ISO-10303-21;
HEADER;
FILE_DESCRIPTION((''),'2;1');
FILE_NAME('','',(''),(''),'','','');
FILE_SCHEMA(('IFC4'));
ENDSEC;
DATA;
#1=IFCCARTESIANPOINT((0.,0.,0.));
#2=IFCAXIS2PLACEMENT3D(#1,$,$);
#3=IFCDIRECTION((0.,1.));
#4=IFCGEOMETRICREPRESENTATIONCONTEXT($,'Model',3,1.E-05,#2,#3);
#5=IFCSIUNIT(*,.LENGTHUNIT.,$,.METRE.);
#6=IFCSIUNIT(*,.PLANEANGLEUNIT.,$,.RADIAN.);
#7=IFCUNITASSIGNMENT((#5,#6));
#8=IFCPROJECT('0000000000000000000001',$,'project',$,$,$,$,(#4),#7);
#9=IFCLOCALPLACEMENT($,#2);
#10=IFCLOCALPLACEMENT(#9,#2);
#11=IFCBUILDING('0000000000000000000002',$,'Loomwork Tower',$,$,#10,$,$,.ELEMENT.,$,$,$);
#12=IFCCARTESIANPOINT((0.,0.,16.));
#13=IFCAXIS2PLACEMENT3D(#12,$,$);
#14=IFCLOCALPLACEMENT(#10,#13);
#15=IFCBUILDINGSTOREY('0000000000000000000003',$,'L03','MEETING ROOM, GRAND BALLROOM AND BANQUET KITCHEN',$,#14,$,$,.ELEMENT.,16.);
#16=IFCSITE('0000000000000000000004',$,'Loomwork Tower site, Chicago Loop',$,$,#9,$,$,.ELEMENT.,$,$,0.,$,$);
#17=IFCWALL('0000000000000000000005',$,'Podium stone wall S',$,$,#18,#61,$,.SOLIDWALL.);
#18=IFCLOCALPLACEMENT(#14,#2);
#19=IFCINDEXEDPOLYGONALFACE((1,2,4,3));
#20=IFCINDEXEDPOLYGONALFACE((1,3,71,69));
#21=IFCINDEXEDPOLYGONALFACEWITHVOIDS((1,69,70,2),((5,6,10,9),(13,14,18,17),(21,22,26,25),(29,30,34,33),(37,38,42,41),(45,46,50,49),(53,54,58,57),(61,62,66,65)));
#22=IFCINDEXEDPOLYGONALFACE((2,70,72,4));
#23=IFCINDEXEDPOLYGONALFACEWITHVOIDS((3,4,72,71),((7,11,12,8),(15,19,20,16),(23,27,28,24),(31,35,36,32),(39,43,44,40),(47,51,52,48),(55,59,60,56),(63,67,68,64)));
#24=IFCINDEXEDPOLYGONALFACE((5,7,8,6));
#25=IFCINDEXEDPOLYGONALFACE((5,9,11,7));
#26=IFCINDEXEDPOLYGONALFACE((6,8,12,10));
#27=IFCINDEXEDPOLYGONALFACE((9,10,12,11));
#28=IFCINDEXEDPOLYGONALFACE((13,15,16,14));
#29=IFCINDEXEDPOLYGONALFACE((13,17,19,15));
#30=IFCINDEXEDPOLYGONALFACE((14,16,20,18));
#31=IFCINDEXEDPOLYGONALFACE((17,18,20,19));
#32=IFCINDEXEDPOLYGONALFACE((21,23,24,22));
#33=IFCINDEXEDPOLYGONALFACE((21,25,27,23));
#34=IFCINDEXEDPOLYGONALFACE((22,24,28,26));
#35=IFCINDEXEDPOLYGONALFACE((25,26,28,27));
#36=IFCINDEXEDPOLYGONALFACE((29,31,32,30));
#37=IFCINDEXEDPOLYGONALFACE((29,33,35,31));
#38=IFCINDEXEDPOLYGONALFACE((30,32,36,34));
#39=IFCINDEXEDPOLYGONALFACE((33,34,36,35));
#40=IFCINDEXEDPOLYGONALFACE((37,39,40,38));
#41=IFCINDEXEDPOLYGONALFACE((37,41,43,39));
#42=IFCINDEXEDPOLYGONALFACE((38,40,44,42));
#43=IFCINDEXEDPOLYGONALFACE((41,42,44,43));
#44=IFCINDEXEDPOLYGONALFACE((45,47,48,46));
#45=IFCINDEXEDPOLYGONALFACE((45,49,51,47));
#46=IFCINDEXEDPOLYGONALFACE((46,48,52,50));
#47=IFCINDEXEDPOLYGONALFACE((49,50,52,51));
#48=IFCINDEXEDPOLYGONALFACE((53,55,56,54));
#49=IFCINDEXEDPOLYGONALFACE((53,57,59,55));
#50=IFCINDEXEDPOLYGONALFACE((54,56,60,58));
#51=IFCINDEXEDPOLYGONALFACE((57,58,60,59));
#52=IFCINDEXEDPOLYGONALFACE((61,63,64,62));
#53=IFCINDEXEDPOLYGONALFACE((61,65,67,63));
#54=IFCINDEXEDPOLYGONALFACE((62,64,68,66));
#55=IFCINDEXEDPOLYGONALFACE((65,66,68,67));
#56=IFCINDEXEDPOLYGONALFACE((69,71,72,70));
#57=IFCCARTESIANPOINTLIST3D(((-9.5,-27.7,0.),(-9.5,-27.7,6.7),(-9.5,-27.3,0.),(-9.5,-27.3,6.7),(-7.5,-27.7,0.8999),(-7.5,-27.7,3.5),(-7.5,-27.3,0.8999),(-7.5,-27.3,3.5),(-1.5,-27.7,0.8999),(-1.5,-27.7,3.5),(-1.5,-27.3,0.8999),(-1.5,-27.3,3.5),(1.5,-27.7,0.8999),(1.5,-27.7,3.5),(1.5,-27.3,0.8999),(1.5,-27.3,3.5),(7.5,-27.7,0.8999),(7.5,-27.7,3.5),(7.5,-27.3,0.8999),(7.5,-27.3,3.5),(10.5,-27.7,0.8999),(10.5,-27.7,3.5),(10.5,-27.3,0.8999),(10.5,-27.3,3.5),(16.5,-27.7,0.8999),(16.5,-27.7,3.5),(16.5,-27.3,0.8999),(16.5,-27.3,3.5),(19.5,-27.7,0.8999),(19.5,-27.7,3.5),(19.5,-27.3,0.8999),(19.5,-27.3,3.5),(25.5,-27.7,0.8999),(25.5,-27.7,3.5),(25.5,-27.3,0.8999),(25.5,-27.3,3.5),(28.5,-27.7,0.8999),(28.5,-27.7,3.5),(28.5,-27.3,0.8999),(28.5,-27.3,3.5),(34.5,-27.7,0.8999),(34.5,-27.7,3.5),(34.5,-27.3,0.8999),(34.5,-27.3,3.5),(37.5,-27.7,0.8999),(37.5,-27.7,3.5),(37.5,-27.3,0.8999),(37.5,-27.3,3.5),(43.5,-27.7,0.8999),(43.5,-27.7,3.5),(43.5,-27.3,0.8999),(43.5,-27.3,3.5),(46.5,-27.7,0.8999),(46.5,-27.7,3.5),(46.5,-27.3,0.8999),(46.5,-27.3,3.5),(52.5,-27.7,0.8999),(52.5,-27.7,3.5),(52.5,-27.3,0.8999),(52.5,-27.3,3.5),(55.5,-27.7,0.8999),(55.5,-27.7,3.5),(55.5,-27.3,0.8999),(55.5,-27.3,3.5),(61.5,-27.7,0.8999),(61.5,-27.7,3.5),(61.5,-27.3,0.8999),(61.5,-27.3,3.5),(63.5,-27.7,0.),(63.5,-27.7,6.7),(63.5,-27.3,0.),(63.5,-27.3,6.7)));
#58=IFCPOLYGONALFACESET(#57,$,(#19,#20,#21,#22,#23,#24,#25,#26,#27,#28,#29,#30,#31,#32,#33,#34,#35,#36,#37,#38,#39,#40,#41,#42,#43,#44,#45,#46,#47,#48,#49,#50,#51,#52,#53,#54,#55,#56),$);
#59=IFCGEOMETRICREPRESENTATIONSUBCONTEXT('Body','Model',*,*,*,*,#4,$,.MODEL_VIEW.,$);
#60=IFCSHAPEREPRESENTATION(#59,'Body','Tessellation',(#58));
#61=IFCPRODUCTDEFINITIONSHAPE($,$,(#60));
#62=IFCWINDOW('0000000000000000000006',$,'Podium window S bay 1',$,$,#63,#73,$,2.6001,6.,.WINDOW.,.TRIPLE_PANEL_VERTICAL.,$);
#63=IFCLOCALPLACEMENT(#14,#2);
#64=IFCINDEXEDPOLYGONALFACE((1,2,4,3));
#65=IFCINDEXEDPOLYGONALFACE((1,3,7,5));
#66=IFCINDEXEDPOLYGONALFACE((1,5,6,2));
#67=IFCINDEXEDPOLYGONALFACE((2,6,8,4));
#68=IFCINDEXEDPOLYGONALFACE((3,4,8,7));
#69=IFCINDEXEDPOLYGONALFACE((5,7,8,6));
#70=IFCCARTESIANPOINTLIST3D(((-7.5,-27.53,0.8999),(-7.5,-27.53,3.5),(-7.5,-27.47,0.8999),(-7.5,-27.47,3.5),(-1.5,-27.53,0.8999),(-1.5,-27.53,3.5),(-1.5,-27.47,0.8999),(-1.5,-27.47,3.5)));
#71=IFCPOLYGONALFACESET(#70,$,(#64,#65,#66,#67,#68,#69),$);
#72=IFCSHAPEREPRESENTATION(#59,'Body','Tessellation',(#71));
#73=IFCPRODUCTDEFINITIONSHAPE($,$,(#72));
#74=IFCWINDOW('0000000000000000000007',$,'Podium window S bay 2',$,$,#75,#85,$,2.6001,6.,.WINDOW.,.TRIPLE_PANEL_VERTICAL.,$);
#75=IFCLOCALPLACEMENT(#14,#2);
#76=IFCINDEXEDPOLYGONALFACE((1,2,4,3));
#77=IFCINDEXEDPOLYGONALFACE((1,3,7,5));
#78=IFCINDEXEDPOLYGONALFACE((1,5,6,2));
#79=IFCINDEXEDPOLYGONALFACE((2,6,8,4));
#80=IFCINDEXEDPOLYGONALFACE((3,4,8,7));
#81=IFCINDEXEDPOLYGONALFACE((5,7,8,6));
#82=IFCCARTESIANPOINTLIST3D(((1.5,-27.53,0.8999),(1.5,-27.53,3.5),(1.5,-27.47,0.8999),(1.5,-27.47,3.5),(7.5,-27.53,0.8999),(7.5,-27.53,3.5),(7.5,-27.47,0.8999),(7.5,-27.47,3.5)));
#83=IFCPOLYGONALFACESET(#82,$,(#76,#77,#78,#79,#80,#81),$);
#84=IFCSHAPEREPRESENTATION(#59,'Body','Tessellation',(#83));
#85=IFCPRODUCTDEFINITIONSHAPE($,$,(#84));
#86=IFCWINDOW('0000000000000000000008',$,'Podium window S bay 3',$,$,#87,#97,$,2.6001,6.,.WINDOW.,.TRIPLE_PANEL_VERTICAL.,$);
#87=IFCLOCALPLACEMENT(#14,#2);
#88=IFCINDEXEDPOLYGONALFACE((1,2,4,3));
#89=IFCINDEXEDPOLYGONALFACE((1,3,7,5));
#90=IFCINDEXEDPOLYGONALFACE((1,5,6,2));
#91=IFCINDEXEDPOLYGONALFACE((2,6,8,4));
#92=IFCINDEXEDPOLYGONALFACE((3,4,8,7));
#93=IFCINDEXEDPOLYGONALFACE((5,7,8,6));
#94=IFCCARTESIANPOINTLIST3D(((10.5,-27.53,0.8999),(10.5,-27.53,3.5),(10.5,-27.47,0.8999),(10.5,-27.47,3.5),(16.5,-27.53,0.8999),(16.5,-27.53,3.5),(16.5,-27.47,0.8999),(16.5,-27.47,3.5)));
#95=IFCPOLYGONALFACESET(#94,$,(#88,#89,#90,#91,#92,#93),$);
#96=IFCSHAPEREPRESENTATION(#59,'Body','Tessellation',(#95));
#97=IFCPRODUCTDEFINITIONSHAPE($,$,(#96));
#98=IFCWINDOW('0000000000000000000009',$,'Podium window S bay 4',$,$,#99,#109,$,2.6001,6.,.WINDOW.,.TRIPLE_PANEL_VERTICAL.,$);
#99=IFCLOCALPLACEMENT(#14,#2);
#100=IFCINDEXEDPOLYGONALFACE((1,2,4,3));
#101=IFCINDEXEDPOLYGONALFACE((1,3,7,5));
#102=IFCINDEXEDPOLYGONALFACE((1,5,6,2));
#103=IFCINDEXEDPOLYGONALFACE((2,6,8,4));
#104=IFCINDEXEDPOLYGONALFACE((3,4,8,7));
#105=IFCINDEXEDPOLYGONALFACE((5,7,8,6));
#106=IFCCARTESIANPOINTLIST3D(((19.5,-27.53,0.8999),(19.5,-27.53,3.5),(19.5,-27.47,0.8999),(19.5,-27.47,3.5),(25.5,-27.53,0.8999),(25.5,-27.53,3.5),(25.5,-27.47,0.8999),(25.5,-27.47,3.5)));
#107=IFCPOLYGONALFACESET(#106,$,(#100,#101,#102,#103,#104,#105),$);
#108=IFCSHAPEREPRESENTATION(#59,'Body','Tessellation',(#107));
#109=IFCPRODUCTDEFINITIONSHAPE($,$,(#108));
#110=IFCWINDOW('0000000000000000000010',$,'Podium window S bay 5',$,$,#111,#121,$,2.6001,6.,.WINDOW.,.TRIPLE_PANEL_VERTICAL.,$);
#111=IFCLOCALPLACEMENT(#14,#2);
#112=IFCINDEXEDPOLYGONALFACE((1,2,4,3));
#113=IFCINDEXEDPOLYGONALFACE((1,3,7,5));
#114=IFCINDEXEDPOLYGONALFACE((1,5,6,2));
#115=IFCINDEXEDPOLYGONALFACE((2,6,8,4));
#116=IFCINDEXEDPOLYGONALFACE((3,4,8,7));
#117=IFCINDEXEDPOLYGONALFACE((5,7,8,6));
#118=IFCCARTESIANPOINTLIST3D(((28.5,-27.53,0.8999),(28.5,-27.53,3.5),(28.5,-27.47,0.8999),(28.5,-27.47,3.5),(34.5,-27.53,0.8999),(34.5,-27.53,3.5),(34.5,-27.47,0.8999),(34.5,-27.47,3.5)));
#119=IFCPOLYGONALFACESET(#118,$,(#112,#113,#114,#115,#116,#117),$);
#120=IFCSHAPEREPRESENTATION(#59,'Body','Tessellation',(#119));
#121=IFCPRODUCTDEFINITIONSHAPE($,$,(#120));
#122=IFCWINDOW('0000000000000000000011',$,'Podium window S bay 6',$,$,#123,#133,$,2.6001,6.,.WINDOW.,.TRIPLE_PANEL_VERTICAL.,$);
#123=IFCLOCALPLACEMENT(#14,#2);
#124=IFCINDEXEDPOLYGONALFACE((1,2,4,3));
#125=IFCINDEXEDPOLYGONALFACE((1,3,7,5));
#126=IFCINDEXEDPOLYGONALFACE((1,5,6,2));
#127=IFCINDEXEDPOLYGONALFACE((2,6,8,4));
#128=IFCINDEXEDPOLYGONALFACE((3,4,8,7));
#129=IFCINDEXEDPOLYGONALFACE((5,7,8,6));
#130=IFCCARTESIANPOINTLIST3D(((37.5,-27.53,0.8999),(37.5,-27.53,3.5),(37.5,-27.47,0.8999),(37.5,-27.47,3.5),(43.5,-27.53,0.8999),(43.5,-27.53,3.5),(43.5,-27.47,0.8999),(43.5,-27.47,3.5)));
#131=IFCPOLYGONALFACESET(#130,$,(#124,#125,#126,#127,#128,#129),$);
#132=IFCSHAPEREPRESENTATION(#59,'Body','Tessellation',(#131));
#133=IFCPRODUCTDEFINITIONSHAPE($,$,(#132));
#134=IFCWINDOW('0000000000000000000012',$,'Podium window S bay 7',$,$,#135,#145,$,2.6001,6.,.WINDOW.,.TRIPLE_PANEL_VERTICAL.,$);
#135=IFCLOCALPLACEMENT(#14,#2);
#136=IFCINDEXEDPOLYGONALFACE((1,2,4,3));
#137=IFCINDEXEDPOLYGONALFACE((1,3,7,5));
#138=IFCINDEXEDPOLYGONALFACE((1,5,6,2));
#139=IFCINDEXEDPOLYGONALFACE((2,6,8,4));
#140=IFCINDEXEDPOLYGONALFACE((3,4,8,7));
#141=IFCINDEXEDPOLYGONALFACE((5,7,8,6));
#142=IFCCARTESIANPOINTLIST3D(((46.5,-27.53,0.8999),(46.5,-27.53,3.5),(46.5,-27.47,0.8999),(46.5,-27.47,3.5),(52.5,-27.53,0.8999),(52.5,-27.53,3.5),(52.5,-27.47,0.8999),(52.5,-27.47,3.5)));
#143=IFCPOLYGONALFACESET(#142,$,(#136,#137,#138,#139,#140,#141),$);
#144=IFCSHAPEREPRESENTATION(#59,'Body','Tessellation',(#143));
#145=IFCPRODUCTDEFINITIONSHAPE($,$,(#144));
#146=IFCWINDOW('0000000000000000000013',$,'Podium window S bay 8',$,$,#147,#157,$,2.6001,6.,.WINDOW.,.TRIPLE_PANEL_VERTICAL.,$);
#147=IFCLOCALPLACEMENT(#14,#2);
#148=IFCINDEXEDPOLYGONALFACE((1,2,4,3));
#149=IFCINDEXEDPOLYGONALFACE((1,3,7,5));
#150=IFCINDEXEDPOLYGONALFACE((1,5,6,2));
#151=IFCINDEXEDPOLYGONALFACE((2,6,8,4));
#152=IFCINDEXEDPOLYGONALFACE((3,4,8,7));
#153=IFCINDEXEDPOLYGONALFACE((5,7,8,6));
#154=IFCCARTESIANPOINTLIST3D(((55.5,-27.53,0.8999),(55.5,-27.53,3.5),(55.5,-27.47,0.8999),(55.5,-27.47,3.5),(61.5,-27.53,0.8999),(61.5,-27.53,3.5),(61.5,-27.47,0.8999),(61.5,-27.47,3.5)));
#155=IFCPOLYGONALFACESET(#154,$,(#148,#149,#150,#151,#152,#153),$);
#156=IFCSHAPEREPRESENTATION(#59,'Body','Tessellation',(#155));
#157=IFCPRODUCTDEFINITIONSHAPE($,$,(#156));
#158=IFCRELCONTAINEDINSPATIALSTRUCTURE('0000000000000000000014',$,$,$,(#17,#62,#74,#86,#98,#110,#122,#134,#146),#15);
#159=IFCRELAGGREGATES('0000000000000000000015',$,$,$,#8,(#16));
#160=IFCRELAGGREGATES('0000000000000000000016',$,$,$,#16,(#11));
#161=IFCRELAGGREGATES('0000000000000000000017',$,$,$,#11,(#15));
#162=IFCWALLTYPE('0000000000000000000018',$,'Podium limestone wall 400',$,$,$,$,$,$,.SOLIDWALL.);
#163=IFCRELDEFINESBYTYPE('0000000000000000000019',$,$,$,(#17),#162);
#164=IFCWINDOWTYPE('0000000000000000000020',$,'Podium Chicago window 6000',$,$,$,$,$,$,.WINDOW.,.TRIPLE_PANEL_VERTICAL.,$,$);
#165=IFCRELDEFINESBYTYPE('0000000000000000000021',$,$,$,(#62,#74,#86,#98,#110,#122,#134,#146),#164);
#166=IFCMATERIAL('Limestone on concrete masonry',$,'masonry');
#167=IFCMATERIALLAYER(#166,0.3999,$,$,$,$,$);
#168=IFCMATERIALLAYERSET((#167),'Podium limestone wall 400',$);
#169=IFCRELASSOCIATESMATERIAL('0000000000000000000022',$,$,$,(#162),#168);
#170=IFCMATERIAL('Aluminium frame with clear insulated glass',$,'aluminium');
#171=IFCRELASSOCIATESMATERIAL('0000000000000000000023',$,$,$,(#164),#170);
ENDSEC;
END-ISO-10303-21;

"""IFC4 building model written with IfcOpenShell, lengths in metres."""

from ifc_helpers import new_model, si_unit, direction, frame, frame_2d, origin, place, context, subcontext, project, spatial, rectangle, extrude, material, layer, layer_set, type_object, element, fill, save


model = new_model("IFC4")

# Units and contexts
model_context = context("Model", 3, precision=1e-05, world=origin(), true_north=direction((0.0, 1.0)))
body_context = subcontext(model_context, "Body", "Model", "MODEL_VIEW")
ifc_project = project(units=[si_unit("LENGTHUNIT", "METRE"), si_unit("PLANEANGLEUNIT", "RADIAN")], contexts=[model_context])

# Site, building, storey
site_placement = place(None, origin())
site = spatial("IfcSite", under=ifc_project, at=site_placement, Name="Loomwork Tower site, Chicago Loop", CompositionType="ELEMENT", RefElevation=0.0)
building_placement = place(site_placement, origin())
building = spatial("IfcBuilding", under=site, at=building_placement, Name="Loomwork Tower", CompositionType="ELEMENT")
storey_placement = place(building_placement, frame((0.0, 0.0, 16.0)))
storey = spatial("IfcBuildingStorey", under=building, at=storey_placement, Name="L03", Description="MEETING ROOM, GRAND BALLROOM AND BANQUET KITCHEN", CompositionType="ELEMENT", Elevation=16.0)

# Wall, openings, windows
ifc_material_1 = material(Name="Limestone on concrete masonry", Category="masonry")
ifc_layer_1 = layer(ifc_material_1, 0.3999)
ifc_layer_set_1 = layer_set([ifc_layer_1], Name="Podium limestone wall 400")
wall_type_1 = type_object("IfcWallType", Name="Podium limestone wall 400", PredefinedType="SOLIDWALL", material=ifc_layer_set_1)
wall_1_placement = place(storey_placement, frame((-9.5, -27.5, 0.0), z_axis=(0.0, 0.0, 1.0), x_axis=(1.0, 0.0, 0.0)))
wall_1 = element("IfcWall", 1, at=wall_1_placement, inside=storey, type_object=wall_type_1, Name="Podium stone wall S", PredefinedType="SOLIDWALL", context=body_context, shape_type="SweptSolid", body=[
    extrude(rectangle(XDim=73.0, YDim=0.3999, at=frame_2d((36.5, 0.0))), origin(), (0.0, 0.0, 1.0), 6.7),
])
opening_1_placement = place(wall_1_placement, frame((2.0, 0.0, 0.8999)))
opening_1 = element("IfcOpeningElement", 2, at=opening_1_placement, cuts=wall_1, PredefinedType="OPENING", context=body_context, shape_type="SweptSolid", body=[
    extrude(rectangle(XDim=6.0, YDim=2.6001, at=frame_2d((3.0, 1.3))), frame((0.0, 0.21, 0.0), z_axis=(0.0, -1.0, 0.0), x_axis=(1.0, 0.0, 0.0)), (0.0, 0.0, 1.0), 0.4199),
])
opening_2_placement = place(wall_1_placement, frame((11.0, 0.0, 0.8999)))
opening_2 = element("IfcOpeningElement", 3, at=opening_2_placement, cuts=wall_1, PredefinedType="OPENING", context=body_context, shape_type="SweptSolid", body=[
    extrude(rectangle(XDim=6.0, YDim=2.6001, at=frame_2d((3.0, 1.3))), frame((0.0, 0.21, 0.0), z_axis=(0.0, -1.0, 0.0), x_axis=(1.0, 0.0, 0.0)), (0.0, 0.0, 1.0), 0.4199),
])
opening_3_placement = place(wall_1_placement, frame((20.0, 0.0, 0.8999)))
opening_3 = element("IfcOpeningElement", 4, at=opening_3_placement, cuts=wall_1, PredefinedType="OPENING", context=body_context, shape_type="SweptSolid", body=[
    extrude(rectangle(XDim=6.0, YDim=2.6001, at=frame_2d((3.0, 1.3))), frame((0.0, 0.21, 0.0), z_axis=(0.0, -1.0, 0.0), x_axis=(1.0, 0.0, 0.0)), (0.0, 0.0, 1.0), 0.4199),
])
opening_4_placement = place(wall_1_placement, frame((29.0, 0.0, 0.8999)))
opening_4 = element("IfcOpeningElement", 5, at=opening_4_placement, cuts=wall_1, PredefinedType="OPENING", context=body_context, shape_type="SweptSolid", body=[
    extrude(rectangle(XDim=6.0, YDim=2.6001, at=frame_2d((3.0, 1.3))), frame((0.0, 0.21, 0.0), z_axis=(0.0, -1.0, 0.0), x_axis=(1.0, 0.0, 0.0)), (0.0, 0.0, 1.0), 0.4199),
])
opening_5_placement = place(wall_1_placement, frame((38.0, 0.0, 0.8999)))
opening_5 = element("IfcOpeningElement", 6, at=opening_5_placement, cuts=wall_1, PredefinedType="OPENING", context=body_context, shape_type="SweptSolid", body=[
    extrude(rectangle(XDim=6.0, YDim=2.6001, at=frame_2d((3.0, 1.3))), frame((0.0, 0.21, 0.0), z_axis=(0.0, -1.0, 0.0), x_axis=(1.0, 0.0, 0.0)), (0.0, 0.0, 1.0), 0.4199),
])
opening_6_placement = place(wall_1_placement, frame((47.0, 0.0, 0.8999)))
opening_6 = element("IfcOpeningElement", 7, at=opening_6_placement, cuts=wall_1, PredefinedType="OPENING", context=body_context, shape_type="SweptSolid", body=[
    extrude(rectangle(XDim=6.0, YDim=2.6001, at=frame_2d((3.0, 1.3))), frame((0.0, 0.21, 0.0), z_axis=(0.0, -1.0, 0.0), x_axis=(1.0, 0.0, 0.0)), (0.0, 0.0, 1.0), 0.4199),
])
opening_7_placement = place(wall_1_placement, frame((56.0, 0.0, 0.8999)))
opening_7 = element("IfcOpeningElement", 8, at=opening_7_placement, cuts=wall_1, PredefinedType="OPENING", context=body_context, shape_type="SweptSolid", body=[
    extrude(rectangle(XDim=6.0, YDim=2.6001, at=frame_2d((3.0, 1.3))), frame((0.0, 0.21, 0.0), z_axis=(0.0, -1.0, 0.0), x_axis=(1.0, 0.0, 0.0)), (0.0, 0.0, 1.0), 0.4199),
])
opening_8_placement = place(wall_1_placement, frame((65.0, 0.0, 0.8999)))
opening_8 = element("IfcOpeningElement", 9, at=opening_8_placement, cuts=wall_1, PredefinedType="OPENING", context=body_context, shape_type="SweptSolid", body=[
    extrude(rectangle(XDim=6.0, YDim=2.6001, at=frame_2d((3.0, 1.3))), frame((0.0, 0.21, 0.0), z_axis=(0.0, -1.0, 0.0), x_axis=(1.0, 0.0, 0.0)), (0.0, 0.0, 1.0), 0.4199),
])
ifc_material_2 = material(Name="Aluminium frame with clear insulated glass", Category="aluminium")
window_type = type_object("IfcWindowType", Name="Podium Chicago window 6000", PartitioningType="TRIPLE_PANEL_VERTICAL", PredefinedType="WINDOW", material=ifc_material_2)
window_1_placement = place(opening_1_placement, origin())
window_1 = element("IfcWindow", 10, at=window_1_placement, inside=storey, type_object=window_type, Name="Podium window S bay 1", OverallHeight=2.6001, OverallWidth=6.0, PartitioningType="TRIPLE_PANEL_VERTICAL", PredefinedType="WINDOW", context=body_context, shape_type="SweptSolid", body=[
    extrude(rectangle(XDim=6.0, YDim=2.6001, at=frame_2d((3.0, 1.3))), frame((0.0, 0.03, 0.0), z_axis=(0.0, -1.0, 0.0), x_axis=(1.0, 0.0, 0.0)), (0.0, 0.0, 1.0), 0.0601),
])
fill(opening_1, window_1)
window_2_placement = place(opening_2_placement, origin())
window_2 = element("IfcWindow", 11, at=window_2_placement, inside=storey, type_object=window_type, Name="Podium window S bay 2", OverallHeight=2.6001, OverallWidth=6.0, PartitioningType="TRIPLE_PANEL_VERTICAL", PredefinedType="WINDOW", context=body_context, shape_type="SweptSolid", body=[
    extrude(rectangle(XDim=6.0, YDim=2.6001, at=frame_2d((3.0, 1.3))), frame((0.0, 0.03, 0.0), z_axis=(0.0, -1.0, 0.0), x_axis=(1.0, 0.0, 0.0)), (0.0, 0.0, 1.0), 0.0601),
])
fill(opening_2, window_2)
window_3_placement = place(opening_3_placement, origin())
window_3 = element("IfcWindow", 12, at=window_3_placement, inside=storey, type_object=window_type, Name="Podium window S bay 3", OverallHeight=2.6001, OverallWidth=6.0, PartitioningType="TRIPLE_PANEL_VERTICAL", PredefinedType="WINDOW", context=body_context, shape_type="SweptSolid", body=[
    extrude(rectangle(XDim=6.0, YDim=2.6001, at=frame_2d((3.0, 1.3))), frame((0.0, 0.03, 0.0), z_axis=(0.0, -1.0, 0.0), x_axis=(1.0, 0.0, 0.0)), (0.0, 0.0, 1.0), 0.0601),
])
fill(opening_3, window_3)
window_4_placement = place(opening_4_placement, origin())
window_4 = element("IfcWindow", 13, at=window_4_placement, inside=storey, type_object=window_type, Name="Podium window S bay 4", OverallHeight=2.6001, OverallWidth=6.0, PartitioningType="TRIPLE_PANEL_VERTICAL", PredefinedType="WINDOW", context=body_context, shape_type="SweptSolid", body=[
    extrude(rectangle(XDim=6.0, YDim=2.6001, at=frame_2d((3.0, 1.3))), frame((0.0, 0.03, 0.0), z_axis=(0.0, -1.0, 0.0), x_axis=(1.0, 0.0, 0.0)), (0.0, 0.0, 1.0), 0.0601),
])
fill(opening_4, window_4)
window_5_placement = place(opening_5_placement, origin())
window_5 = element("IfcWindow", 14, at=window_5_placement, inside=storey, type_object=window_type, Name="Podium window S bay 5", OverallHeight=2.6001, OverallWidth=6.0, PartitioningType="TRIPLE_PANEL_VERTICAL", PredefinedType="WINDOW", context=body_context, shape_type="SweptSolid", body=[
    extrude(rectangle(XDim=6.0, YDim=2.6001, at=frame_2d((3.0, 1.3))), frame((0.0, 0.03, 0.0), z_axis=(0.0, -1.0, 0.0), x_axis=(1.0, 0.0, 0.0)), (0.0, 0.0, 1.0), 0.0601),
])
fill(opening_5, window_5)
window_6_placement = place(opening_6_placement, origin())
window_6 = element("IfcWindow", 15, at=window_6_placement, inside=storey, type_object=window_type, Name="Podium window S bay 6", OverallHeight=2.6001, OverallWidth=6.0, PartitioningType="TRIPLE_PANEL_VERTICAL", PredefinedType="WINDOW", context=body_context, shape_type="SweptSolid", body=[
    extrude(rectangle(XDim=6.0, YDim=2.6001, at=frame_2d((3.0, 1.3))), frame((0.0, 0.03, 0.0), z_axis=(0.0, -1.0, 0.0), x_axis=(1.0, 0.0, 0.0)), (0.0, 0.0, 1.0), 0.0601),
])
fill(opening_6, window_6)
window_7_placement = place(opening_7_placement, origin())
window_7 = element("IfcWindow", 16, at=window_7_placement, inside=storey, type_object=window_type, Name="Podium window S bay 7", OverallHeight=2.6001, OverallWidth=6.0, PartitioningType="TRIPLE_PANEL_VERTICAL", PredefinedType="WINDOW", context=body_context, shape_type="SweptSolid", body=[
    extrude(rectangle(XDim=6.0, YDim=2.6001, at=frame_2d((3.0, 1.3))), frame((0.0, 0.03, 0.0), z_axis=(0.0, -1.0, 0.0), x_axis=(1.0, 0.0, 0.0)), (0.0, 0.0, 1.0), 0.0601),
])
fill(opening_7, window_7)
window_8_placement = place(opening_8_placement, origin())
window_8 = element("IfcWindow", 17, at=window_8_placement, inside=storey, type_object=window_type, Name="Podium window S bay 8", OverallHeight=2.6001, OverallWidth=6.0, PartitioningType="TRIPLE_PANEL_VERTICAL", PredefinedType="WINDOW", context=body_context, shape_type="SweptSolid", body=[
    extrude(rectangle(XDim=6.0, YDim=2.6001, at=frame_2d((3.0, 1.3))), frame((0.0, 0.03, 0.0), z_axis=(0.0, -1.0, 0.0), x_axis=(1.0, 0.0, 0.0)), (0.0, 0.0, 1.0), 0.0601),
])
fill(opening_8, window_8)

save(model, "model.ifc")
